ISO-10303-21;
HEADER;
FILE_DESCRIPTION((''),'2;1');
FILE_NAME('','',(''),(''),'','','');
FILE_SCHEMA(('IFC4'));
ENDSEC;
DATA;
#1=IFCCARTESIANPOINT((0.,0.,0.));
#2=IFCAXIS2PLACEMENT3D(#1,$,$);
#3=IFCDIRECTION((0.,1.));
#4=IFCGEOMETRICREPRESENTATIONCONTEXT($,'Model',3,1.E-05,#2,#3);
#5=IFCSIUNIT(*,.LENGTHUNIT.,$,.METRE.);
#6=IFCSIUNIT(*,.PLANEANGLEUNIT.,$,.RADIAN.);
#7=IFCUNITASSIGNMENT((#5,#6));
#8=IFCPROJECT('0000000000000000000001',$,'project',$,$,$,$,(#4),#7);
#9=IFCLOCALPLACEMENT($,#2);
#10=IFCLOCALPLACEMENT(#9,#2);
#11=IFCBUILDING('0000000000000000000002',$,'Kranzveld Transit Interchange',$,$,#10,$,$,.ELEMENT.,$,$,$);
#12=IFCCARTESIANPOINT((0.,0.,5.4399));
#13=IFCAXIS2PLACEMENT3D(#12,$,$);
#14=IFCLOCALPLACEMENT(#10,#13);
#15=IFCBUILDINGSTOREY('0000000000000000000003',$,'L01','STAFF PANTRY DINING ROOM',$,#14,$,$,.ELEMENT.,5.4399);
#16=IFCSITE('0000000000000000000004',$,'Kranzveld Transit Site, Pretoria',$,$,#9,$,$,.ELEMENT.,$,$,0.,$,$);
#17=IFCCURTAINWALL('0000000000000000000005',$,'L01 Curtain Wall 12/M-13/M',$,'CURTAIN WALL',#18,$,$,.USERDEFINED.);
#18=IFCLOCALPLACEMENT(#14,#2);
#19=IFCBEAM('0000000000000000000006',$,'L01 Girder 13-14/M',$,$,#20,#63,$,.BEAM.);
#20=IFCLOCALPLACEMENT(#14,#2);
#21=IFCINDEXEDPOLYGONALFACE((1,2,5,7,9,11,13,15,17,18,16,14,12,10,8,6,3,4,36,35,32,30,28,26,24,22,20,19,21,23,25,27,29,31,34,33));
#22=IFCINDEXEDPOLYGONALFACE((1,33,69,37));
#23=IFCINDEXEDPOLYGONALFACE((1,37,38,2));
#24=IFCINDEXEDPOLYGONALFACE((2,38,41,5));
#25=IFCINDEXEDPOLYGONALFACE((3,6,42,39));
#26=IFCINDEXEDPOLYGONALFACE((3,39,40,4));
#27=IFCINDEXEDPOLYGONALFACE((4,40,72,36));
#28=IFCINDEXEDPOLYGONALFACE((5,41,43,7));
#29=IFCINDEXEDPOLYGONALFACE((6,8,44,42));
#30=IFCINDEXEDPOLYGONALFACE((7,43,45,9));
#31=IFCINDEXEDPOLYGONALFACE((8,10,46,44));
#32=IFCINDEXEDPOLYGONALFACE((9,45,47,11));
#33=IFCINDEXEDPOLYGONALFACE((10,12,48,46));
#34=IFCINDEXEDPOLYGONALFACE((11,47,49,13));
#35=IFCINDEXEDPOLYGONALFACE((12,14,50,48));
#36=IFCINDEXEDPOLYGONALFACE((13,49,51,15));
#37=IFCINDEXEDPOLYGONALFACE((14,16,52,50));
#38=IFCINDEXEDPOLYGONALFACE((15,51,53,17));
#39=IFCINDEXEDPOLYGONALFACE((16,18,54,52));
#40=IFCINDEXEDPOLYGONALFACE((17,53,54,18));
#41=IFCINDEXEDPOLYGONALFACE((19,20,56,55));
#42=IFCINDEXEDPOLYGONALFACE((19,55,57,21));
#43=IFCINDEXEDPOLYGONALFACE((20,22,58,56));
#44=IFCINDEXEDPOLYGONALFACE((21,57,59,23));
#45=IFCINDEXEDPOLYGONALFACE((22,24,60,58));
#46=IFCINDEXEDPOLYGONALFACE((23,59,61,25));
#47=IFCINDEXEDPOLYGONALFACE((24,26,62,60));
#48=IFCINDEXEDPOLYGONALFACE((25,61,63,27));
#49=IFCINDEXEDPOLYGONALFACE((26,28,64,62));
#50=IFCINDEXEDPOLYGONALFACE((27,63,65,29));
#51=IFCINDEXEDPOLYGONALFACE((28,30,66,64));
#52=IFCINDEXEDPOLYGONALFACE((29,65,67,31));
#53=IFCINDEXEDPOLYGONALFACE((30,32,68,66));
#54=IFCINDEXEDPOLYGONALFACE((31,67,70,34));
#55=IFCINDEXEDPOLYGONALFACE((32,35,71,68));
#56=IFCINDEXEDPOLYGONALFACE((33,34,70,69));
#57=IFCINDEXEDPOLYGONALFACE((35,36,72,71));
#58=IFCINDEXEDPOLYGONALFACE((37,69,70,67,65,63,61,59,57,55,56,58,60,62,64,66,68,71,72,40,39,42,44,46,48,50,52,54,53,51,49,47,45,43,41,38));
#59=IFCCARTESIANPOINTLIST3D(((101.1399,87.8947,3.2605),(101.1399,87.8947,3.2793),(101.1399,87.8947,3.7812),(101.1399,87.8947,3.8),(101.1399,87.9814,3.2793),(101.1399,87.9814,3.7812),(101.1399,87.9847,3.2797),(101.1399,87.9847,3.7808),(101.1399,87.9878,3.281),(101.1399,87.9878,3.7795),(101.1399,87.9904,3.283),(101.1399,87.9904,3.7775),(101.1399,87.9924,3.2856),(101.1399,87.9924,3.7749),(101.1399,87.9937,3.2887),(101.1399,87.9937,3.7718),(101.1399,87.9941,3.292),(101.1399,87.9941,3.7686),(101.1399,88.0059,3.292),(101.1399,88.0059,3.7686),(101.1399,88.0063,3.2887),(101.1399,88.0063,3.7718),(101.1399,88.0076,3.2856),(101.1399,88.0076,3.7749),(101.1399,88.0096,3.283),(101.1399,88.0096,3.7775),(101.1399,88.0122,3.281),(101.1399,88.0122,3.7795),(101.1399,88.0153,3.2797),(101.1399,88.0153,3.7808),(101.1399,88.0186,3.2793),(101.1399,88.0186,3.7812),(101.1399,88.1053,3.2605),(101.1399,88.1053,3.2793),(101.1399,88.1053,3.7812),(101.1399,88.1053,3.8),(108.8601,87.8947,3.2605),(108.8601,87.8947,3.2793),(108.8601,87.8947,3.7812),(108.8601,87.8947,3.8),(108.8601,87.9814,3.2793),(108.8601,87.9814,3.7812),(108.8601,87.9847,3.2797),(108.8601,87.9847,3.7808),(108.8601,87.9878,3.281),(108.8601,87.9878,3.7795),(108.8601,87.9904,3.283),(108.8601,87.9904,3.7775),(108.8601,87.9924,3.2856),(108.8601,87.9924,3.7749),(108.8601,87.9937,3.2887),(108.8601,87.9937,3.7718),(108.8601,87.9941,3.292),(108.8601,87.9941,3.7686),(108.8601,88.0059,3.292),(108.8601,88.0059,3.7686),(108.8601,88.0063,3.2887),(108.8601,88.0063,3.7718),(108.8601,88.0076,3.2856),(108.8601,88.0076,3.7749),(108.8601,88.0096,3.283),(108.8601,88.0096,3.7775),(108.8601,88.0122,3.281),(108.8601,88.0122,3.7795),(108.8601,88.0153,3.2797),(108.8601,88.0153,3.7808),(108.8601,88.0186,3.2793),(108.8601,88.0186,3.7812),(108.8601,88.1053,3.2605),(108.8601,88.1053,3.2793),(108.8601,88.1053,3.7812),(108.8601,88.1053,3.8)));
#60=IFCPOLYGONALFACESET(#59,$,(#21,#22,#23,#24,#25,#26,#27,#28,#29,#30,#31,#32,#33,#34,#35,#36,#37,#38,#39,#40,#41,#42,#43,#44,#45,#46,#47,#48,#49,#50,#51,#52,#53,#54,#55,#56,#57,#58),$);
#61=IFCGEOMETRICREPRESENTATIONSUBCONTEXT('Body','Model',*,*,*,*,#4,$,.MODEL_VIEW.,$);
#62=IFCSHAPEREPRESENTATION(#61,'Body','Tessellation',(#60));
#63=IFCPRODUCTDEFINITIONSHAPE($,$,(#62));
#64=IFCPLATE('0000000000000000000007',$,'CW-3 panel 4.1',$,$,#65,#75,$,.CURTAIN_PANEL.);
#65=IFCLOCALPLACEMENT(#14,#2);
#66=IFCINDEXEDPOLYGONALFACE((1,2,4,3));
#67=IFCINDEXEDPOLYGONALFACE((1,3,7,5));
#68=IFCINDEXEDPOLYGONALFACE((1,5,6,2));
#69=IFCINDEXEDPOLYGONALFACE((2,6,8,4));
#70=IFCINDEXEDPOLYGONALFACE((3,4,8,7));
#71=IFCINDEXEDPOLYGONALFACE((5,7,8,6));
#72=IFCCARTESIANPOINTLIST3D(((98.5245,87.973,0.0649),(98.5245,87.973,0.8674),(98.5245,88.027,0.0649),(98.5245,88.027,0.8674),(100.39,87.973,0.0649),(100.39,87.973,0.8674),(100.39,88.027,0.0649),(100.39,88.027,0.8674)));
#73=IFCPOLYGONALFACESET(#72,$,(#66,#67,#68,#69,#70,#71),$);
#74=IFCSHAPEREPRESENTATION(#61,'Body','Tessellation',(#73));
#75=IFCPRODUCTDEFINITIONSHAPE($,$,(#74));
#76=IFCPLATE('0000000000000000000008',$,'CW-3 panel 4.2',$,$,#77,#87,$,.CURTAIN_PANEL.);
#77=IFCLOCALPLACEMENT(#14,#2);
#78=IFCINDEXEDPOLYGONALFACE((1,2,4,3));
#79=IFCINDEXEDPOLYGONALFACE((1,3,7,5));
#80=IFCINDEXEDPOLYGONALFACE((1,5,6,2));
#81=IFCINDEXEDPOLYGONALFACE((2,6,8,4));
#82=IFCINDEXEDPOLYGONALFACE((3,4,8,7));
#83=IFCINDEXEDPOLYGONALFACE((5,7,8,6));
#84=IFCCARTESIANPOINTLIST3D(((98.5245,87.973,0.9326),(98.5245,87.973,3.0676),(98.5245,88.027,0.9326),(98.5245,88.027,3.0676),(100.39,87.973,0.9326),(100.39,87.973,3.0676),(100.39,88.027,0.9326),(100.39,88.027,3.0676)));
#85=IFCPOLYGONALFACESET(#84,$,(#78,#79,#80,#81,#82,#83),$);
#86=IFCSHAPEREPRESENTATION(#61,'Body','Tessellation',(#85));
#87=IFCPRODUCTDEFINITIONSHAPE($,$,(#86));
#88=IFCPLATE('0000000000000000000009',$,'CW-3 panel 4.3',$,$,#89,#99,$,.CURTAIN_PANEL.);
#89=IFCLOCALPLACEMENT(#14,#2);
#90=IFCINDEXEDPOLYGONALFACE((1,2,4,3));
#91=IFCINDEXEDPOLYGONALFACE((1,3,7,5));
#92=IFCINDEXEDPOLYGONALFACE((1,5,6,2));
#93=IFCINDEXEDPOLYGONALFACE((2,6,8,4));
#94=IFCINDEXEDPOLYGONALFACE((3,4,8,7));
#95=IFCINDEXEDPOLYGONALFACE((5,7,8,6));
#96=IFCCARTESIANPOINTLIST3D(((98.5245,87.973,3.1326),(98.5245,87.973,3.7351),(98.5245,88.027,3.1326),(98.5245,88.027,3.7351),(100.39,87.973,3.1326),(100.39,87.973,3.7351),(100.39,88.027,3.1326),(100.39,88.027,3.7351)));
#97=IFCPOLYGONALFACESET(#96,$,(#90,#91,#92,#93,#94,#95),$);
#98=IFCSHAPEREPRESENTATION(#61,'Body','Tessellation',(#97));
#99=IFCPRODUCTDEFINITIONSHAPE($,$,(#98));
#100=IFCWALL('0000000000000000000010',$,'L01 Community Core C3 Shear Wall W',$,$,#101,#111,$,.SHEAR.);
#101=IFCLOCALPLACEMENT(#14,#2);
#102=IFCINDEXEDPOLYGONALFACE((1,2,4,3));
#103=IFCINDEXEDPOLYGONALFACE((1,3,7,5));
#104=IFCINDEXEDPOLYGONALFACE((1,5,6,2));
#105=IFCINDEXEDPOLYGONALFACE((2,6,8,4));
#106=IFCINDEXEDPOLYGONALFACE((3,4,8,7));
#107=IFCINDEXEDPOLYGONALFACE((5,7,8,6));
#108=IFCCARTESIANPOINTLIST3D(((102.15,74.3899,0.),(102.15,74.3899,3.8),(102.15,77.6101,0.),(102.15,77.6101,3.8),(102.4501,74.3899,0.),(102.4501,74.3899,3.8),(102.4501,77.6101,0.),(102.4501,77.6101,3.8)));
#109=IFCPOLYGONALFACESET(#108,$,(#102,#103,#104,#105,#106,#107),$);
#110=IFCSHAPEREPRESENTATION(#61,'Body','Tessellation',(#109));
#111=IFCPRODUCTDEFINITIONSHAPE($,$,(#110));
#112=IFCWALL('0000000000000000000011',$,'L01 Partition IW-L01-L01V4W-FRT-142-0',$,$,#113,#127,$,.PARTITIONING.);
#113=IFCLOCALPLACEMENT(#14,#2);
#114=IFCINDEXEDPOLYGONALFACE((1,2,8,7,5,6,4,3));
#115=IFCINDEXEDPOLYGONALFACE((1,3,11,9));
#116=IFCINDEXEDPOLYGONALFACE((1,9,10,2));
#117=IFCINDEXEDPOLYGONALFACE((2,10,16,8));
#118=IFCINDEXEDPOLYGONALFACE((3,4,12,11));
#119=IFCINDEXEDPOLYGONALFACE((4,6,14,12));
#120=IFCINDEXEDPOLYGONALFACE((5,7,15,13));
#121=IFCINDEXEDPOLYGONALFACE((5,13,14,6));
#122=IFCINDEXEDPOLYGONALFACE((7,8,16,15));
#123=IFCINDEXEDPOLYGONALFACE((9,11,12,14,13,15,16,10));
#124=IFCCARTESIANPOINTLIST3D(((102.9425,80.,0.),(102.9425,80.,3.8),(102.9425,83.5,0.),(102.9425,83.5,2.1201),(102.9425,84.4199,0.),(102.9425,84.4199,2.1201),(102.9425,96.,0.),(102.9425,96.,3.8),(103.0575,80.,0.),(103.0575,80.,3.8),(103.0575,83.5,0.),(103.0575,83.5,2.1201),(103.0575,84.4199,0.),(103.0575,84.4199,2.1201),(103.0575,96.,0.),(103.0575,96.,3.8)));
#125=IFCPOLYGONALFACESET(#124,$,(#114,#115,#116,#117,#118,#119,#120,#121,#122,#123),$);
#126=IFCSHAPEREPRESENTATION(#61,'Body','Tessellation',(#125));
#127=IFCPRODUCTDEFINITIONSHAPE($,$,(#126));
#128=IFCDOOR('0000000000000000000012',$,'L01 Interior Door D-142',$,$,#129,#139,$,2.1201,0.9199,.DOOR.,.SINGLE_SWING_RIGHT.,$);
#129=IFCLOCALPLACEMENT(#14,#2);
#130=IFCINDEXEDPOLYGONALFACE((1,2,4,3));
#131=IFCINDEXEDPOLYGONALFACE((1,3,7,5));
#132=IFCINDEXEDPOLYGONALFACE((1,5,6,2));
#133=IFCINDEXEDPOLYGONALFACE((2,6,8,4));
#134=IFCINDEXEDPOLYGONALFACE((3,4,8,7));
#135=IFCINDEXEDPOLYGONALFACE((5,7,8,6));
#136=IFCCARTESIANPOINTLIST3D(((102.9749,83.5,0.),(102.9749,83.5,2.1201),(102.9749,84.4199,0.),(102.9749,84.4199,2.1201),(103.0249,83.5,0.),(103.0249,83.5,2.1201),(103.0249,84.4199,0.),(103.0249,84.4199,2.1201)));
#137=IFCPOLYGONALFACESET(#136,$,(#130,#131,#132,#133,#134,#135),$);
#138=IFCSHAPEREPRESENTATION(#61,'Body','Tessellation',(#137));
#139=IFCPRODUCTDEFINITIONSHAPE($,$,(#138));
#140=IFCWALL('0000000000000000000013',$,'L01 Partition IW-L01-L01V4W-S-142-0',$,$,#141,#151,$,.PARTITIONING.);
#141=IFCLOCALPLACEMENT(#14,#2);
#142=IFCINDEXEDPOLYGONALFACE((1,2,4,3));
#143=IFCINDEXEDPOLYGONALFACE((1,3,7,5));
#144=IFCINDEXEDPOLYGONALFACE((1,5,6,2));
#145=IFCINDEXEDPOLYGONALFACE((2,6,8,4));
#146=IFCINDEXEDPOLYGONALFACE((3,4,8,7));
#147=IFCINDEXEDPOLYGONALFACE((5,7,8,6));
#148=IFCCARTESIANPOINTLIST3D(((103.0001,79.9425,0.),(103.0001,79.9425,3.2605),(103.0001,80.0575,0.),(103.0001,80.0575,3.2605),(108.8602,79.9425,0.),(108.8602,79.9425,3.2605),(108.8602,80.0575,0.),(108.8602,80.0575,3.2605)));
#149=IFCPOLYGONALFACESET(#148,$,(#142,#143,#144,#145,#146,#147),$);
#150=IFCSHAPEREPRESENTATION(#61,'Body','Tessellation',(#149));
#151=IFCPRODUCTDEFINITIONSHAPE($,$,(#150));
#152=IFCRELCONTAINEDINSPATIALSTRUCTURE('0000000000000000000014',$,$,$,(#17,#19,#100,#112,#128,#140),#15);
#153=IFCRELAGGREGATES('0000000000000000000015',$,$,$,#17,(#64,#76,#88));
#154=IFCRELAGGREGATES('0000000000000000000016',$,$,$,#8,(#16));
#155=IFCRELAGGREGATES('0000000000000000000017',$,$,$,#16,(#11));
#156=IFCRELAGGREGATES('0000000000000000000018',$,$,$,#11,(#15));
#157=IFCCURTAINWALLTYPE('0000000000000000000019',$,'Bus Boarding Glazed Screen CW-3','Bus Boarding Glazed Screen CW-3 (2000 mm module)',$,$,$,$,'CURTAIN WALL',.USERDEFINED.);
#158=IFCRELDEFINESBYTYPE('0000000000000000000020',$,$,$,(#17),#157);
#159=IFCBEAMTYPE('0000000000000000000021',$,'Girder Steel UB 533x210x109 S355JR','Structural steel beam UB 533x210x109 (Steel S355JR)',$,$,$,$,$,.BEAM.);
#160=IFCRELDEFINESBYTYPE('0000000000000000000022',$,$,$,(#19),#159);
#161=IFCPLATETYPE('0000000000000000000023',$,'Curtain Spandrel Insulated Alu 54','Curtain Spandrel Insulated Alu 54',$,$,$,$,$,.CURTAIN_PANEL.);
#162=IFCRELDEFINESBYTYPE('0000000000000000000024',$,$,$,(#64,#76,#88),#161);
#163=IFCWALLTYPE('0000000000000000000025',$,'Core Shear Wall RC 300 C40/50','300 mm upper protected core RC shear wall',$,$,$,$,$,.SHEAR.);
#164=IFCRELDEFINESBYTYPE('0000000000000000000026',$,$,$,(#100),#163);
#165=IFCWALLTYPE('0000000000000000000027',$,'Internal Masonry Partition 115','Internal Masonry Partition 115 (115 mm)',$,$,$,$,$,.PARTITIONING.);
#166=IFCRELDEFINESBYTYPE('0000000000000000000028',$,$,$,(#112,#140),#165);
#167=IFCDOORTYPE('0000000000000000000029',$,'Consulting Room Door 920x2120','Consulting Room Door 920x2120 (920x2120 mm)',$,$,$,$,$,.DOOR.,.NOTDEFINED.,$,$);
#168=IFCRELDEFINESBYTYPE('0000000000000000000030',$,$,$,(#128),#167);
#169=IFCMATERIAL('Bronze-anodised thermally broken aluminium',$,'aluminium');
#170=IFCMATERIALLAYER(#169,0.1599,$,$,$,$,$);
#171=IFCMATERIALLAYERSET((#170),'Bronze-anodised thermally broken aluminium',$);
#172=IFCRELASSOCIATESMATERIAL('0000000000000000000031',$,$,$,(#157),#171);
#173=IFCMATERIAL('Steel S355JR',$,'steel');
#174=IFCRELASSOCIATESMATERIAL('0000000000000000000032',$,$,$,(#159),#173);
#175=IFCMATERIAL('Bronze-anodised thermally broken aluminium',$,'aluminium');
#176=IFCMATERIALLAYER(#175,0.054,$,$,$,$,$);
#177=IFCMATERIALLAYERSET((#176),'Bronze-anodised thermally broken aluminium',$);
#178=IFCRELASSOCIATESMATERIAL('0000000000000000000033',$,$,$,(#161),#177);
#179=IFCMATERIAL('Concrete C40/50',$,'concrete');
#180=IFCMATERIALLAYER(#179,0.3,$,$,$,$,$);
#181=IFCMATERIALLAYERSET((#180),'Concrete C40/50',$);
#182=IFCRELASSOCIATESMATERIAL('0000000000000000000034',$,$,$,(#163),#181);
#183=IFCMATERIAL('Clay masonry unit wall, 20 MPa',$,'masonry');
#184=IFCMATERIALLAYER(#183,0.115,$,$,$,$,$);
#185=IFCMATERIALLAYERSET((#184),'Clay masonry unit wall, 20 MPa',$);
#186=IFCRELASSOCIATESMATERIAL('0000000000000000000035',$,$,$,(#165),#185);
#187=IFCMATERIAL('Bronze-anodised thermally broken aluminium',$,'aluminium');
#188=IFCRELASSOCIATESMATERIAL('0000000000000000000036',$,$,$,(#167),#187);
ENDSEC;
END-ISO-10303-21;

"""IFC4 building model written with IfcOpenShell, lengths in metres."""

from ifc_helpers import new_model, si_unit, direction, frame, frame_2d, origin, origin_2d, place, context, subcontext, project, spatial, rectangle, i_section, extrude, material, layer, layer_set, material_profile, profile_set, type_object, element, fill, aggregate, save


model = new_model("IFC4")

# Units and contexts
model_context = context("Model", 3, precision=1e-05, world=origin(), true_north=direction((0.0, 1.0)))
body_context = subcontext(model_context, "Body", "Model", "MODEL_VIEW")
ifc_project = project(units=[si_unit("LENGTHUNIT", "METRE"), si_unit("PLANEANGLEUNIT", "RADIAN")], contexts=[model_context])

# Site, building, storey
site_placement = place(None, origin())
site = spatial("IfcSite", under=ifc_project, at=site_placement, Name="Kranzveld Transit Site, Pretoria", CompositionType="ELEMENT", RefElevation=0.0)
building_placement = place(site_placement, origin())
building = spatial("IfcBuilding", under=site, at=building_placement, Name="Kranzveld Transit Interchange", CompositionType="ELEMENT")
storey_placement = place(building_placement, frame((0.0, 0.0, 5.4399)))
storey = spatial("IfcBuildingStorey", under=building, at=storey_placement, Name="L01", Description="STAFF PANTRY DINING ROOM", CompositionType="ELEMENT", Elevation=5.4399)

# Curtain wall
ifc_material_1 = material(Name="Bronze-anodised thermally broken aluminium", Category="aluminium")
ifc_layer_1 = layer(ifc_material_1, 0.1599)
ifc_layer_set_1 = layer_set([ifc_layer_1], Name="Bronze-anodised thermally broken aluminium")
curtain_wall_type_1 = type_object("IfcCurtainWallType", Name="Bus Boarding Glazed Screen CW-3", Description="Bus Boarding Glazed Screen CW-3 (2000 mm module)", ElementType="CURTAIN WALL", PredefinedType="USERDEFINED", material=ifc_layer_set_1)
curtain_wall_1_placement = place(storey_placement, origin())
curtain_wall_1 = element("IfcCurtainWall", 1, at=curtain_wall_1_placement, inside=storey, type_object=curtain_wall_type_1, Name="L01 Curtain Wall 12/M-13/M", ObjectType="CURTAIN WALL", PredefinedType="USERDEFINED")

# Beam
ifc_material_2 = material(Name="Steel S355JR", Category="steel")
ifc_material_profile_1 = material_profile(ifc_material_2, i_section(OverallWidth=0.2107, OverallDepth=0.5396, WebThickness=0.0117, FlangeThickness=0.0188, FilletRadius=0.0127, at=origin_2d()), Name="UB 533x210x109")
ifc_profile_set_1 = profile_set([ifc_material_profile_1], Name="Steel S355JR")
beam_type = type_object("IfcBeamType", Name="Girder Steel UB 533x210x109 S355JR", Description="Structural steel beam UB 533x210x109 (Steel S355JR)", PredefinedType="BEAM", material=ifc_profile_set_1)
for number, where, z_axis, x_axis, name in (
    (2, (101.1399, 88.0, 3.5303), (1.0, 0.0, 0.0), (0.0, 1.0, 0.0), "L01 Girder 13-14/M"),
):
    element("IfcBeam", number, at=place(storey_placement, frame(where, z_axis=z_axis, x_axis=x_axis)), inside=storey, type_object=beam_type, Name=name, PredefinedType="BEAM", context=body_context, shape_type="SweptSolid", body=[
        extrude(i_section(OverallWidth=0.2107, OverallDepth=0.5396, WebThickness=0.0117, FlangeThickness=0.0188, FilletRadius=0.0127, at=origin_2d()), origin(), (0.0, 0.0, 1.0), 7.7202),
    ])

# Plates
ifc_material_3 = material(Name="Bronze-anodised thermally broken aluminium", Category="aluminium")
ifc_layer_2 = layer(ifc_material_3, 0.054)
ifc_layer_set_2 = layer_set([ifc_layer_2], Name="Bronze-anodised thermally broken aluminium")
plate_type = type_object("IfcPlateType", Name="Curtain Spandrel Insulated Alu 54", Description="Curtain Spandrel Insulated Alu 54", PredefinedType="CURTAIN_PANEL", material=ifc_layer_set_2)
plate_1_placement = place(storey_placement, frame((99.4573, 88.0, 0.0649), z_axis=(0.0, 0.0, 1.0), x_axis=(1.0, 0.0, 0.0)))
plate_1 = element("IfcPlate", 3, at=plate_1_placement, type_object=plate_type, Name="CW-3 panel 4.1", PredefinedType="CURTAIN_PANEL", context=body_context, shape_type="SweptSolid", body=[
    extrude(rectangle(XDim=1.8655, YDim=0.054, at=origin_2d()), origin(), (0.0, 0.0, 1.0), 0.8025),
])
plate_2_placement = place(storey_placement, frame((99.4573, 88.0, 0.9326), z_axis=(0.0, 0.0, 1.0), x_axis=(1.0, 0.0, 0.0)))
plate_2 = element("IfcPlate", 4, at=plate_2_placement, type_object=plate_type, Name="CW-3 panel 4.2", PredefinedType="CURTAIN_PANEL", context=body_context, shape_type="SweptSolid", body=[
    extrude(rectangle(XDim=1.8655, YDim=0.054, at=origin_2d()), origin(), (0.0, 0.0, 1.0), 2.135),
])
plate_3_placement = place(storey_placement, frame((99.4573, 88.0, 3.1326), z_axis=(0.0, 0.0, 1.0), x_axis=(1.0, 0.0, 0.0)))
plate_3 = element("IfcPlate", 5, at=plate_3_placement, type_object=plate_type, Name="CW-3 panel 4.3", PredefinedType="CURTAIN_PANEL", context=body_context, shape_type="SweptSolid", body=[
    extrude(rectangle(XDim=1.8655, YDim=0.054, at=origin_2d()), origin(), (0.0, 0.0, 1.0), 0.6025),
])
aggregate(curtain_wall_1, [plate_1, plate_2, plate_3])

# Shared definitions
ifc_material_4 = material(Name="Concrete C40/50", Category="concrete")
ifc_layer_3 = layer(ifc_material_4, 0.3)
ifc_layer_set_3 = layer_set([ifc_layer_3], Name="Concrete C40/50")
wall_type_1 = type_object("IfcWallType", Name="Core Shear Wall RC 300 C40/50", Description="300 mm upper protected core RC shear wall", PredefinedType="SHEAR", material=ifc_layer_set_3)

# Wall
wall_1_placement = place(storey_placement, frame((102.3, 74.3899, 0.0), z_axis=(0.0, 0.0, 1.0), x_axis=(0.0, 1.0, 0.0)))
element("IfcWall", 6, at=wall_1_placement, inside=storey, type_object=wall_type_1, Name="L01 Community Core C3 Shear Wall W", PredefinedType="SHEAR", context=body_context, shape_type="SweptSolid", body=[
    extrude(rectangle(XDim=3.2202, YDim=0.3, at=frame_2d((1.6101, 0.0))), origin(), (0.0, 0.0, 1.0), 3.8),
])

# Wall, opening, door
ifc_material_5 = material(Name="Clay masonry unit wall, 20 MPa", Category="masonry")
ifc_layer_4 = layer(ifc_material_5, 0.115)
ifc_layer_set_4 = layer_set([ifc_layer_4], Name="Clay masonry unit wall, 20 MPa")
wall_type_2 = type_object("IfcWallType", Name="Internal Masonry Partition 115", Description="Internal Masonry Partition 115 (115 mm)", PredefinedType="PARTITIONING", material=ifc_layer_set_4)
wall_2_placement = place(storey_placement, frame((103.0, 80.0, 0.0), z_axis=(0.0, 0.0, 1.0), x_axis=(0.0, 1.0, 0.0)))
wall_2 = element("IfcWall", 7, at=wall_2_placement, inside=storey, type_object=wall_type_2, Name="L01 Partition IW-L01-L01V4W-FRT-142-0", PredefinedType="PARTITIONING", context=body_context, shape_type="SweptSolid", body=[
    extrude(rectangle(XDim=16.0, YDim=0.115, at=frame_2d((8.0, 0.0))), origin(), (0.0, 0.0, 1.0), 3.8),
])
opening_1_placement = place(wall_2_placement, frame((4.4199, 0.0, 0.0), z_axis=(0.0, 0.0, 1.0), x_axis=(-1.0, 0.0, 0.0)))
opening_1 = element("IfcOpeningElement", 8, at=opening_1_placement, cuts=wall_2, PredefinedType="OPENING", context=body_context, shape_type="SweptSolid", body=[
    extrude(rectangle(XDim=0.9199, YDim=2.1201, at=frame_2d((0.46, 1.0601))), frame((0.0, 0.0674, 0.0), z_axis=(0.0, -1.0, 0.0), x_axis=(1.0, 0.0, 0.0)), (0.0, 0.0, 1.0), 0.135),
])
ifc_material_6 = material(Name="Bronze-anodised thermally broken aluminium", Category="aluminium")
door_type_1 = type_object("IfcDoorType", Name="Consulting Room Door 920x2120", Description="Consulting Room Door 920x2120 (920x2120 mm)", OperationType="NOTDEFINED", PredefinedType="DOOR", material=ifc_material_6)
door_1_placement = place(opening_1_placement, origin())
door_1 = element("IfcDoor", 9, at=door_1_placement, inside=storey, type_object=door_type_1, Name="L01 Interior Door D-142", OperationType="SINGLE_SWING_RIGHT", OverallHeight=2.1201, OverallWidth=0.9199, PredefinedType="DOOR", context=body_context, shape_type="SweptSolid", body=[
    extrude(rectangle(XDim=0.9199, YDim=2.1201, at=frame_2d((0.46, 1.0601))), frame((0.0, 0.0249, 0.0), z_axis=(0.0, -1.0, 0.0), x_axis=(1.0, 0.0, 0.0)), (0.0, 0.0, 1.0), 0.05),
])
fill(opening_1, door_1)

# Wall
wall_3_placement = place(storey_placement, frame((103.0, 80.0, 0.0), z_axis=(0.0, 0.0, 1.0), x_axis=(1.0, 0.0, 0.0)))
element("IfcWall", 10, at=wall_3_placement, inside=storey, type_object=wall_type_2, Name="L01 Partition IW-L01-L01V4W-S-142-0", PredefinedType="PARTITIONING", context=body_context, shape_type="SweptSolid", body=[
    extrude(rectangle(XDim=5.8601, YDim=0.115, at=frame_2d((2.9302, 0.0))), origin(), (0.0, 0.0, 1.0), 3.2605),
])

save(model, "model.ifc")
